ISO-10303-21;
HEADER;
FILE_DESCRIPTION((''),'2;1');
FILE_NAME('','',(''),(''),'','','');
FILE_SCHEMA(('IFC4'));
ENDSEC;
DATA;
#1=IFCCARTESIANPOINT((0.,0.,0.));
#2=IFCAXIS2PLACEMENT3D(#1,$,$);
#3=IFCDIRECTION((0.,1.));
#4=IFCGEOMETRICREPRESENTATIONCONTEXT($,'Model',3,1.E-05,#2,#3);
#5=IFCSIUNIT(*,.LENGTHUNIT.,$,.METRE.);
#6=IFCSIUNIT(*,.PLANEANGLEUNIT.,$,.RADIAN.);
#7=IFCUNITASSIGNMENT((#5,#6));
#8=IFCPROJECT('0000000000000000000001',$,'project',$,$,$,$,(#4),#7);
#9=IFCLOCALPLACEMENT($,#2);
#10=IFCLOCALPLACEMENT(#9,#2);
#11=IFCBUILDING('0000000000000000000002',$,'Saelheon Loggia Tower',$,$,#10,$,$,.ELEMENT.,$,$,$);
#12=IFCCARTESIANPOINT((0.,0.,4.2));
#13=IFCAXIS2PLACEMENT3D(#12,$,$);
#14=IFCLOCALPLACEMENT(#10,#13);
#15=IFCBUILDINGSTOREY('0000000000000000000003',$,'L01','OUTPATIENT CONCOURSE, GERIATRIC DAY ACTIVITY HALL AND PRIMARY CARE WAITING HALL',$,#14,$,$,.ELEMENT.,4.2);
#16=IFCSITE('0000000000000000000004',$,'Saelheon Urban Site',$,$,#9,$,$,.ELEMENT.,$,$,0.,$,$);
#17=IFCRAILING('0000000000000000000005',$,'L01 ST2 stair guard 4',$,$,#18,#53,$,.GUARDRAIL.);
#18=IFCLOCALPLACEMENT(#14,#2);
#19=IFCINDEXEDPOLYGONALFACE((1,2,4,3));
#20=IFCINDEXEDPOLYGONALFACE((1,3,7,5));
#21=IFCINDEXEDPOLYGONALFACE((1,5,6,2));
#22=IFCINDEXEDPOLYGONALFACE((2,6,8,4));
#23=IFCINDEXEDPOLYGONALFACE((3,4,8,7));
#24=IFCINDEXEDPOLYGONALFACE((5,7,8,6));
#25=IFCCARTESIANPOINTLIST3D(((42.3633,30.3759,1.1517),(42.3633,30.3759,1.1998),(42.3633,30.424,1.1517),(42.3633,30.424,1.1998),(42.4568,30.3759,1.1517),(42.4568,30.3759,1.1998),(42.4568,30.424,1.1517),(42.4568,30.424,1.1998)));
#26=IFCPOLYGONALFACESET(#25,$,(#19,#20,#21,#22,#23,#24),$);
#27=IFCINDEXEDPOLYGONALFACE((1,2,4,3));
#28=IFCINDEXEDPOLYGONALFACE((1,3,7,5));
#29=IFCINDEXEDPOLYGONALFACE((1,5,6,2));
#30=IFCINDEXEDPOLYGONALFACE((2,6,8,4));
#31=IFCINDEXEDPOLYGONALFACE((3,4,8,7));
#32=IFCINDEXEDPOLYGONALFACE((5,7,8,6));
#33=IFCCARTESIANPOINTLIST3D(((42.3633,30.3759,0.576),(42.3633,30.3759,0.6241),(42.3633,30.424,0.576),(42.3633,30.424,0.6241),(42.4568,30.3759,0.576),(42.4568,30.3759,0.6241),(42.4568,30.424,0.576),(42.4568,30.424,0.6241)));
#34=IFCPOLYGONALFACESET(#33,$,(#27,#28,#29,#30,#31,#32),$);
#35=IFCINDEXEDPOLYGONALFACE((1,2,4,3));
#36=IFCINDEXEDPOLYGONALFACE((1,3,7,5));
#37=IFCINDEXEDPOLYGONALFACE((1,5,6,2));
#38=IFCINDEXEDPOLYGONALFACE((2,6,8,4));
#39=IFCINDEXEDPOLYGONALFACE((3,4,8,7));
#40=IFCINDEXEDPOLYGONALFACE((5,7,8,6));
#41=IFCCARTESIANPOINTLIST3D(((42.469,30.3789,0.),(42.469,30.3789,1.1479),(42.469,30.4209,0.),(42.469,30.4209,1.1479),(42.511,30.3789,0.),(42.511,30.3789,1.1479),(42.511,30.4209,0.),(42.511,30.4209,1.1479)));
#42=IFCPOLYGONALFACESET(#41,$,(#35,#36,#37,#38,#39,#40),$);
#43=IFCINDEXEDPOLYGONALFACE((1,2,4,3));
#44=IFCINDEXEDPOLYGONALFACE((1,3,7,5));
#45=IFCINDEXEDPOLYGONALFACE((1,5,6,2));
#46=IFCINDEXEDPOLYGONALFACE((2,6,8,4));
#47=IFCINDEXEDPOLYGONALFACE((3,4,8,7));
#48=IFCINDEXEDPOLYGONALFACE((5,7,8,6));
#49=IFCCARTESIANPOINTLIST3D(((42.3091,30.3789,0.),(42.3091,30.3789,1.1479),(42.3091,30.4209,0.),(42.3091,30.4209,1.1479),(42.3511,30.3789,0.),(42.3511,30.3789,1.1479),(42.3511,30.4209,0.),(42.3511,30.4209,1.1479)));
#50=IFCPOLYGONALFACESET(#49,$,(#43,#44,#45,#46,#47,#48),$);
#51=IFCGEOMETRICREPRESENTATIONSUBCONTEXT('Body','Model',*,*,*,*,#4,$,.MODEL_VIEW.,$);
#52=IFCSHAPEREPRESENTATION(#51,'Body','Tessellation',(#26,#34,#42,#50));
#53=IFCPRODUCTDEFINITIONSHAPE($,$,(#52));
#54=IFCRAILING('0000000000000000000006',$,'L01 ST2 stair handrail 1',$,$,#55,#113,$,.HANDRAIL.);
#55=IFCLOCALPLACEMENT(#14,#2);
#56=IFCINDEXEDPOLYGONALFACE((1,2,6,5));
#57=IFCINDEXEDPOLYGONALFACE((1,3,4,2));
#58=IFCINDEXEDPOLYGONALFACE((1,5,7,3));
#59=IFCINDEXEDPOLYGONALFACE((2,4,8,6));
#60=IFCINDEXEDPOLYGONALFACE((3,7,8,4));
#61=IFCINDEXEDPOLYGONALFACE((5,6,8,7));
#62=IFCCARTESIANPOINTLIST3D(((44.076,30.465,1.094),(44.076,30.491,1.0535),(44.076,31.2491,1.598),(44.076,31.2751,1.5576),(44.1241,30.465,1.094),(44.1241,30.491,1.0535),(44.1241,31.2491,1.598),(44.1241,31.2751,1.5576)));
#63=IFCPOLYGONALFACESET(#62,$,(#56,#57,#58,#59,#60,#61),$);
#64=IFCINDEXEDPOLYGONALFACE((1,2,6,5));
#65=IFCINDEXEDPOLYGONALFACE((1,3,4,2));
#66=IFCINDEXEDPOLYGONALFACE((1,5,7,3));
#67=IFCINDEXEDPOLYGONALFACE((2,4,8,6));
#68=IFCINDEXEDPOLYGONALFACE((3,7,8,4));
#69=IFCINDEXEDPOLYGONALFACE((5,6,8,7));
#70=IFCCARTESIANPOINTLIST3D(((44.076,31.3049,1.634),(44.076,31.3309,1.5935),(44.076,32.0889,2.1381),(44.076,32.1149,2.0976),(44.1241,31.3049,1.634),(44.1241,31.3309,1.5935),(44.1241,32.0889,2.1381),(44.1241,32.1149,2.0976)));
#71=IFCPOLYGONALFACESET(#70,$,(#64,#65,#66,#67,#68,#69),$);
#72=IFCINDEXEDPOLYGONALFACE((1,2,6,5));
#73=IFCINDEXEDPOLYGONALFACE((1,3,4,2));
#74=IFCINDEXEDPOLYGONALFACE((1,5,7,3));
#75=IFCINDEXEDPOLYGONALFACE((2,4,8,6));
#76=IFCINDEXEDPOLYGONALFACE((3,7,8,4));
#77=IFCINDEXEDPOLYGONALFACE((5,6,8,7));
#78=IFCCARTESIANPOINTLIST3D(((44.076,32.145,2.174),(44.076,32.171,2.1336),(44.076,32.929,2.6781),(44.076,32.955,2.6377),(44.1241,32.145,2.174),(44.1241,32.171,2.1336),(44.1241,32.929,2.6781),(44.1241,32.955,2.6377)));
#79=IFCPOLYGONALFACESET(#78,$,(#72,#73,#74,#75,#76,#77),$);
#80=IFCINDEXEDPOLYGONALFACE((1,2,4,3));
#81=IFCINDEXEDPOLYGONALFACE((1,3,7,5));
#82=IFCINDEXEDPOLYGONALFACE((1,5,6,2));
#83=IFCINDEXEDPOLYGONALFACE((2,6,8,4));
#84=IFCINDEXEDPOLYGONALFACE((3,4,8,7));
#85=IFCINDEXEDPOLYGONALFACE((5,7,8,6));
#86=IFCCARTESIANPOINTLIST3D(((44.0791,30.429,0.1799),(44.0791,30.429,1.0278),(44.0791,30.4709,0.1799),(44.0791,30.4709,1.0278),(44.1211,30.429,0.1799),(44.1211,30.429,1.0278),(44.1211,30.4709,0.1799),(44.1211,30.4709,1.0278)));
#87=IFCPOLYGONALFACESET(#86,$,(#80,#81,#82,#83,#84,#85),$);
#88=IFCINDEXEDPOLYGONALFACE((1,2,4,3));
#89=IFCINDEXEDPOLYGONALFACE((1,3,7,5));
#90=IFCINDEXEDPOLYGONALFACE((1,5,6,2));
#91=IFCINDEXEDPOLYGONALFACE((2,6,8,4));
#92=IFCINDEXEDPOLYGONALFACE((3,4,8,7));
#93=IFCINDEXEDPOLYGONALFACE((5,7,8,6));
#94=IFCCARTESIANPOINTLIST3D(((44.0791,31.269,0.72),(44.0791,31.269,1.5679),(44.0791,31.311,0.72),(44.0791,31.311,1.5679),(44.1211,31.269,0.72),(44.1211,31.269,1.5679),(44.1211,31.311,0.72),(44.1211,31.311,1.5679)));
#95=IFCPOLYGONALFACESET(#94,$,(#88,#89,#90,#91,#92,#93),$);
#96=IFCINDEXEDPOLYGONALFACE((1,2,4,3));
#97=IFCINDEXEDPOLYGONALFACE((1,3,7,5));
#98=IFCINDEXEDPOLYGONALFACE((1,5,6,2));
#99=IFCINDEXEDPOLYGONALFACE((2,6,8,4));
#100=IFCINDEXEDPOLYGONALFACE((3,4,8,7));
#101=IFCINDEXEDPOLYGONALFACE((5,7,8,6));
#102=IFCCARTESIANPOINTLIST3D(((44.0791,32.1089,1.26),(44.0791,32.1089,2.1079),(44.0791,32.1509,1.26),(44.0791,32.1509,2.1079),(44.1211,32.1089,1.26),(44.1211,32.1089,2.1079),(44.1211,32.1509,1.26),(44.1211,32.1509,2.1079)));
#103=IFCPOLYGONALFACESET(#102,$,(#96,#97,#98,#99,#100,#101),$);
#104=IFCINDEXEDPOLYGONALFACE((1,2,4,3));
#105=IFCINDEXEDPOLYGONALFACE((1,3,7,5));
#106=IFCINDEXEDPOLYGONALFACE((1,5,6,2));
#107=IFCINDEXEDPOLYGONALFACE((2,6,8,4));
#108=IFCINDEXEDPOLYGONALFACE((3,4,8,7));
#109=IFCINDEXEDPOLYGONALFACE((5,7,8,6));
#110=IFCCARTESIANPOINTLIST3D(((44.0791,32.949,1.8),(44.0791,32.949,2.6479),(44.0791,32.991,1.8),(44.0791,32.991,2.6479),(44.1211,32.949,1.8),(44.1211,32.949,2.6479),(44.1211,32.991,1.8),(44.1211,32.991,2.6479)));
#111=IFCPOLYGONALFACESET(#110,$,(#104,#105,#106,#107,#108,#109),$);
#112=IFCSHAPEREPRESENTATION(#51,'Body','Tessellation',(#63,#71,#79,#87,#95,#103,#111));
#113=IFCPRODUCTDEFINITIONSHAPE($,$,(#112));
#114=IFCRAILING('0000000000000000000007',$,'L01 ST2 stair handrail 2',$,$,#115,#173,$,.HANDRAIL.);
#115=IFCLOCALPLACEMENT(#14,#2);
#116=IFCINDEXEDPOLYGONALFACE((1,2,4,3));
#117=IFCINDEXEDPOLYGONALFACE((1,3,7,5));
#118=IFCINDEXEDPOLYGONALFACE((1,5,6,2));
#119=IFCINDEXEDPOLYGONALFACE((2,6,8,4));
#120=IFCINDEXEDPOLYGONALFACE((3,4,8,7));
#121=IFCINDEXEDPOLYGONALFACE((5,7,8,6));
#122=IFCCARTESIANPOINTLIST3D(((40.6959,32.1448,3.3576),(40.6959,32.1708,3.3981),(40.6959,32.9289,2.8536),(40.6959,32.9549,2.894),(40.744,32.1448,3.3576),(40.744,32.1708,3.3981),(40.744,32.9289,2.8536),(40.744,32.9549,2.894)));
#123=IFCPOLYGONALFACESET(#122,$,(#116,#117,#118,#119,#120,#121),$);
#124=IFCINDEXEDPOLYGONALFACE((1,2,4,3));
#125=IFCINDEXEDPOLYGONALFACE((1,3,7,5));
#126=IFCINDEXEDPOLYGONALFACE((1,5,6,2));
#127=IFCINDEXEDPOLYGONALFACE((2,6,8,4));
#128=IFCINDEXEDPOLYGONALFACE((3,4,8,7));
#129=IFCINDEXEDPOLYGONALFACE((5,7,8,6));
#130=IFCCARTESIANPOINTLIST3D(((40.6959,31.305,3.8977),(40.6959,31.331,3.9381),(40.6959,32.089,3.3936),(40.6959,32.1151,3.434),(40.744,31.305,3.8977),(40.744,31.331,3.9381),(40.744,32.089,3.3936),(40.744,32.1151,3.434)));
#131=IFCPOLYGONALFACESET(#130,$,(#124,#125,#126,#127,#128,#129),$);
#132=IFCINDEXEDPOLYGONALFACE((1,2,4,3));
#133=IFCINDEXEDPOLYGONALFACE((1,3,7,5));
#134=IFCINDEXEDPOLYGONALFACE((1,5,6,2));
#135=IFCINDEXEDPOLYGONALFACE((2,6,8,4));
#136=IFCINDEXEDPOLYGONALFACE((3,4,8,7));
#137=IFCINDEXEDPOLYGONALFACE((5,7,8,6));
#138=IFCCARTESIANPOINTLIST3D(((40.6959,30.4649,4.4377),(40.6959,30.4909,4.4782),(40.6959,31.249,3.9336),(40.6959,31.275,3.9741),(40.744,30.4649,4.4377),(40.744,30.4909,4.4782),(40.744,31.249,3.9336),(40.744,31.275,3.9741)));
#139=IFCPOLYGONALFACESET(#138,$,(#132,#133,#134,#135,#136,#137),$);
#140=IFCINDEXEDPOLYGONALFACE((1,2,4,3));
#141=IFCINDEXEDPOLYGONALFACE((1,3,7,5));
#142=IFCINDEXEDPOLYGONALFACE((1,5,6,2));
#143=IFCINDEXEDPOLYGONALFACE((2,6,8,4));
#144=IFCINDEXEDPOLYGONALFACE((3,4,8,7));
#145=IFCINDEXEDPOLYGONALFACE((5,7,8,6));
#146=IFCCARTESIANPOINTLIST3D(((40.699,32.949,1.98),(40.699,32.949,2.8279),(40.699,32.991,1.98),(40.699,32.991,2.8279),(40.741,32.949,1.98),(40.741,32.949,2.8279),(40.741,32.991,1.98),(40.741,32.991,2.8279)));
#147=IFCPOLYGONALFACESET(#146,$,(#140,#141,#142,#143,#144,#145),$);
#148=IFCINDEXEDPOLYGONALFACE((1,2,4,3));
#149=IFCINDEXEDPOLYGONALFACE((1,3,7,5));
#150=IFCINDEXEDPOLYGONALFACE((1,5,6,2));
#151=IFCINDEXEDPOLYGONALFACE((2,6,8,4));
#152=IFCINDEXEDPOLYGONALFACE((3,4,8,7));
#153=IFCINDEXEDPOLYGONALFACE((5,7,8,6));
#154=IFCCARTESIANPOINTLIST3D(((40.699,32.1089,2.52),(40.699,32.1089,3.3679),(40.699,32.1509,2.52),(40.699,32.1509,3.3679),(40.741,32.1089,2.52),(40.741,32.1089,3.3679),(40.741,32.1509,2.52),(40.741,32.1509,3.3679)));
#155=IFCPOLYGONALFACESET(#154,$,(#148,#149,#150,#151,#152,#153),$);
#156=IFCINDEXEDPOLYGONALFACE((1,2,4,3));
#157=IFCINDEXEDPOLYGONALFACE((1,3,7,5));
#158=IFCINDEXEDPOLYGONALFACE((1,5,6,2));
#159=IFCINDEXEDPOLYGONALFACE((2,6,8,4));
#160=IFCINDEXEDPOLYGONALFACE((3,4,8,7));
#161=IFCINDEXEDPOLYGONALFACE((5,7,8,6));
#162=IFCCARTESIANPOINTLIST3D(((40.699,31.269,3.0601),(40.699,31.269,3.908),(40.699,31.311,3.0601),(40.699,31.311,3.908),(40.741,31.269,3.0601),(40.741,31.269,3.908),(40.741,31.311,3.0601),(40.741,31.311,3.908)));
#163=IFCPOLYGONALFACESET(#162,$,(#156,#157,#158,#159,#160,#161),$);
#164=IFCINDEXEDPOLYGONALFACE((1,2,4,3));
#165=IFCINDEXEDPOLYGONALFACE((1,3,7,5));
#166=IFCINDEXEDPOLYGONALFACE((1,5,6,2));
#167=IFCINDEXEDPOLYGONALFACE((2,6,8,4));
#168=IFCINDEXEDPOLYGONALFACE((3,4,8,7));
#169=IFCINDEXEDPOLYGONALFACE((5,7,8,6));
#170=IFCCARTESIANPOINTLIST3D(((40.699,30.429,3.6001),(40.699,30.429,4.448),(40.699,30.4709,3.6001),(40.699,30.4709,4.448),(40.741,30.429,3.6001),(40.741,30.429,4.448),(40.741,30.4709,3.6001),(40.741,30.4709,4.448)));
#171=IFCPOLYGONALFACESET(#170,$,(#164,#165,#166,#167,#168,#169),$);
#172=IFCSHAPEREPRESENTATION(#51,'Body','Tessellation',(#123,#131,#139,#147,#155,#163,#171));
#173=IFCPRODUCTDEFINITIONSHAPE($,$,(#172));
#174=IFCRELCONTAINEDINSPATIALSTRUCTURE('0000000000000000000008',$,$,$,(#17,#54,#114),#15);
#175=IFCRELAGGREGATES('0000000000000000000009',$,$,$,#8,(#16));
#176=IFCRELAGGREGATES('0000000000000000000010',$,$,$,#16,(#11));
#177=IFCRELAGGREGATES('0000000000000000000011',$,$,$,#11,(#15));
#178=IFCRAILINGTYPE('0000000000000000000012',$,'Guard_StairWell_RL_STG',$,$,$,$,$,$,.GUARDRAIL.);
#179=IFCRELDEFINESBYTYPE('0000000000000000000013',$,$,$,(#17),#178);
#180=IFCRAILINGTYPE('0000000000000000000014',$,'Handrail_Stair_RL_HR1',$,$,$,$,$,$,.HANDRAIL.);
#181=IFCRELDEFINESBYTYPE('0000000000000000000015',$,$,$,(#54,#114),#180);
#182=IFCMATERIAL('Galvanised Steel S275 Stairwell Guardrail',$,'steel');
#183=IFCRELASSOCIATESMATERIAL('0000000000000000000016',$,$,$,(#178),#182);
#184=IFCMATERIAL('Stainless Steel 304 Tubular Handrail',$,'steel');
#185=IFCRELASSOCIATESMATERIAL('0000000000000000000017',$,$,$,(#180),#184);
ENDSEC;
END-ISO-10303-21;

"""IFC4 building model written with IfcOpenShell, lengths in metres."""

from ifc_helpers import new_model, si_unit, direction, frame, origin, origin_2d, place, context, subcontext, project, spatial, rectangle, extrude, material, type_object, element, save


model = new_model("IFC4")

# Units and contexts
model_context = context("Model", 3, precision=1e-05, world=origin(), true_north=direction((0.0, 1.0)))
body_context = subcontext(model_context, "Body", "Model", "MODEL_VIEW")
ifc_project = project(units=[si_unit("LENGTHUNIT", "METRE"), si_unit("PLANEANGLEUNIT", "RADIAN")], contexts=[model_context])

# Site, building, storey
site_placement = place(None, origin())
site = spatial("IfcSite", under=ifc_project, at=site_placement, Name="Saelheon Urban Site", CompositionType="ELEMENT", RefElevation=0.0)
building_placement = place(site_placement, origin())
building = spatial("IfcBuilding", under=site, at=building_placement, Name="Saelheon Loggia Tower", CompositionType="ELEMENT")
storey_placement = place(building_placement, frame((0.0, 0.0, 4.2)))
storey = spatial("IfcBuildingStorey", under=building, at=storey_placement, Name="L01", Description="OUTPATIENT CONCOURSE, GERIATRIC DAY ACTIVITY HALL AND PRIMARY CARE WAITING HALL", CompositionType="ELEMENT", Elevation=4.2)

# Railings
ifc_material_1 = material(Name="Galvanised Steel S275 Stairwell Guardrail", Category="steel")
railing_type_1 = type_object("IfcRailingType", Name="Guard_StairWell_RL_STG", PredefinedType="GUARDRAIL", material=ifc_material_1)
railing_1_placement = place(storey_placement, frame((42.49, 30.3999, 0.0)))
element("IfcRailing", 1, at=railing_1_placement, inside=storey, type_object=railing_type_1, Name="L01 ST2 stair guard 4", PredefinedType="GUARDRAIL", context=body_context, shape_type="SweptSolid", body=[
    extrude(rectangle(XDim=0.0481, YDim=0.0481, at=origin_2d()), frame((-0.0332, 0.0, 1.1758), z_axis=(-1.0, 0.0, 0.0), x_axis=(0.0, -1.0, 0.0)), (0.0, 0.0, 1.0), 0.0935),
    extrude(rectangle(XDim=0.0481, YDim=0.0481, at=origin_2d()), frame((-0.0332, 0.0, 0.6001), z_axis=(-1.0, 0.0, 0.0), x_axis=(0.0, -1.0, 0.0)), (0.0, 0.0, 1.0), 0.0935),
    extrude(rectangle(XDim=0.042, YDim=0.042, at=origin_2d()), origin(), (0.0, 0.0, 1.0), 1.1479),
    extrude(rectangle(XDim=0.042, YDim=0.042, at=origin_2d()), frame((-0.1599, 0.0, 0.0)), (0.0, 0.0, 1.0), 1.1479),
])
ifc_material_2 = material(Name="Stainless Steel 304 Tubular Handrail", Category="steel")
railing_type_2 = type_object("IfcRailingType", Name="Handrail_Stair_RL_HR1", PredefinedType="HANDRAIL", material=ifc_material_2)
railing_2_placement = place(storey_placement, frame((44.1001, 30.45, 0.1799)))
element("IfcRailing", 2, at=railing_2_placement, inside=storey, type_object=railing_type_2, Name="L01 ST2 stair handrail 1", PredefinedType="HANDRAIL", context=body_context, shape_type="SweptSolid", body=[
    extrude(rectangle(XDim=0.0481, YDim=0.0481, at=origin_2d()), frame((0.0, 0.0281, 0.8938), z_axis=(0.0, 0.841163, 0.540782), x_axis=(-1.0, 0.0, 0.0)), (0.0, 0.0, 1.0), 0.9321),
    extrude(rectangle(XDim=0.0481, YDim=0.0481, at=origin_2d()), frame((0.0, 0.8679, 1.4338), z_axis=(0.0, 0.841163, 0.540782), x_axis=(-1.0, 0.0, 0.0)), (0.0, 0.0, 1.0), 0.9321),
    extrude(rectangle(XDim=0.0481, YDim=0.0481, at=origin_2d()), frame((0.0, 1.708, 1.9739), z_axis=(0.0, 0.841163, 0.540782), x_axis=(-1.0, 0.0, 0.0)), (0.0, 0.0, 1.0), 0.9321),
    extrude(rectangle(XDim=0.042, YDim=0.042, at=origin_2d()), origin(), (0.0, 0.0, 1.0), 0.8479),
    extrude(rectangle(XDim=0.042, YDim=0.042, at=origin_2d()), frame((0.0, 0.8401, 0.54)), (0.0, 0.0, 1.0), 0.8479),
    extrude(rectangle(XDim=0.042, YDim=0.042, at=origin_2d()), frame((0.0, 1.6799, 1.0801)), (0.0, 0.0, 1.0), 0.8479),
    extrude(rectangle(XDim=0.042, YDim=0.042, at=origin_2d()), frame((0.0, 2.52, 1.6201)), (0.0, 0.0, 1.0), 0.8479),
])
railing_3_placement = place(storey_placement, frame((40.72, 32.97, 1.98)))
element("IfcRailing", 3, at=railing_3_placement, inside=storey, type_object=railing_type_2, Name="L01 ST2 stair handrail 2", PredefinedType="HANDRAIL", context=body_context, shape_type="SweptSolid", body=[
    extrude(rectangle(XDim=0.0481, YDim=0.0481, at=origin_2d()), frame((0.0, -0.0281, 0.8938), z_axis=(0.0, -0.841163, 0.540782), x_axis=(1.0, 0.0, 0.0)), (0.0, 0.0, 1.0), 0.9321),
    extrude(rectangle(XDim=0.0481, YDim=0.0481, at=origin_2d()), frame((0.0, -0.8679, 1.4338), z_axis=(0.0, -0.841163, 0.540782), x_axis=(1.0, 0.0, 0.0)), (0.0, 0.0, 1.0), 0.9321),
    extrude(rectangle(XDim=0.0481, YDim=0.0481, at=origin_2d()), frame((0.0, -1.708, 1.9739), z_axis=(0.0, -0.841163, 0.540782), x_axis=(1.0, 0.0, 0.0)), (0.0, 0.0, 1.0), 0.9321),
    extrude(rectangle(XDim=0.042, YDim=0.042, at=origin_2d()), origin(), (0.0, 0.0, 1.0), 0.8479),
    extrude(rectangle(XDim=0.042, YDim=0.042, at=origin_2d()), frame((0.0, -0.8401, 0.54)), (0.0, 0.0, 1.0), 0.8479),
    extrude(rectangle(XDim=0.042, YDim=0.042, at=origin_2d()), frame((0.0, -1.6799, 1.0801)), (0.0, 0.0, 1.0), 0.8479),
    extrude(rectangle(XDim=0.042, YDim=0.042, at=origin_2d()), frame((0.0, -2.52, 1.6201)), (0.0, 0.0, 1.0), 0.8479),
])

save(model, "model.ifc")
